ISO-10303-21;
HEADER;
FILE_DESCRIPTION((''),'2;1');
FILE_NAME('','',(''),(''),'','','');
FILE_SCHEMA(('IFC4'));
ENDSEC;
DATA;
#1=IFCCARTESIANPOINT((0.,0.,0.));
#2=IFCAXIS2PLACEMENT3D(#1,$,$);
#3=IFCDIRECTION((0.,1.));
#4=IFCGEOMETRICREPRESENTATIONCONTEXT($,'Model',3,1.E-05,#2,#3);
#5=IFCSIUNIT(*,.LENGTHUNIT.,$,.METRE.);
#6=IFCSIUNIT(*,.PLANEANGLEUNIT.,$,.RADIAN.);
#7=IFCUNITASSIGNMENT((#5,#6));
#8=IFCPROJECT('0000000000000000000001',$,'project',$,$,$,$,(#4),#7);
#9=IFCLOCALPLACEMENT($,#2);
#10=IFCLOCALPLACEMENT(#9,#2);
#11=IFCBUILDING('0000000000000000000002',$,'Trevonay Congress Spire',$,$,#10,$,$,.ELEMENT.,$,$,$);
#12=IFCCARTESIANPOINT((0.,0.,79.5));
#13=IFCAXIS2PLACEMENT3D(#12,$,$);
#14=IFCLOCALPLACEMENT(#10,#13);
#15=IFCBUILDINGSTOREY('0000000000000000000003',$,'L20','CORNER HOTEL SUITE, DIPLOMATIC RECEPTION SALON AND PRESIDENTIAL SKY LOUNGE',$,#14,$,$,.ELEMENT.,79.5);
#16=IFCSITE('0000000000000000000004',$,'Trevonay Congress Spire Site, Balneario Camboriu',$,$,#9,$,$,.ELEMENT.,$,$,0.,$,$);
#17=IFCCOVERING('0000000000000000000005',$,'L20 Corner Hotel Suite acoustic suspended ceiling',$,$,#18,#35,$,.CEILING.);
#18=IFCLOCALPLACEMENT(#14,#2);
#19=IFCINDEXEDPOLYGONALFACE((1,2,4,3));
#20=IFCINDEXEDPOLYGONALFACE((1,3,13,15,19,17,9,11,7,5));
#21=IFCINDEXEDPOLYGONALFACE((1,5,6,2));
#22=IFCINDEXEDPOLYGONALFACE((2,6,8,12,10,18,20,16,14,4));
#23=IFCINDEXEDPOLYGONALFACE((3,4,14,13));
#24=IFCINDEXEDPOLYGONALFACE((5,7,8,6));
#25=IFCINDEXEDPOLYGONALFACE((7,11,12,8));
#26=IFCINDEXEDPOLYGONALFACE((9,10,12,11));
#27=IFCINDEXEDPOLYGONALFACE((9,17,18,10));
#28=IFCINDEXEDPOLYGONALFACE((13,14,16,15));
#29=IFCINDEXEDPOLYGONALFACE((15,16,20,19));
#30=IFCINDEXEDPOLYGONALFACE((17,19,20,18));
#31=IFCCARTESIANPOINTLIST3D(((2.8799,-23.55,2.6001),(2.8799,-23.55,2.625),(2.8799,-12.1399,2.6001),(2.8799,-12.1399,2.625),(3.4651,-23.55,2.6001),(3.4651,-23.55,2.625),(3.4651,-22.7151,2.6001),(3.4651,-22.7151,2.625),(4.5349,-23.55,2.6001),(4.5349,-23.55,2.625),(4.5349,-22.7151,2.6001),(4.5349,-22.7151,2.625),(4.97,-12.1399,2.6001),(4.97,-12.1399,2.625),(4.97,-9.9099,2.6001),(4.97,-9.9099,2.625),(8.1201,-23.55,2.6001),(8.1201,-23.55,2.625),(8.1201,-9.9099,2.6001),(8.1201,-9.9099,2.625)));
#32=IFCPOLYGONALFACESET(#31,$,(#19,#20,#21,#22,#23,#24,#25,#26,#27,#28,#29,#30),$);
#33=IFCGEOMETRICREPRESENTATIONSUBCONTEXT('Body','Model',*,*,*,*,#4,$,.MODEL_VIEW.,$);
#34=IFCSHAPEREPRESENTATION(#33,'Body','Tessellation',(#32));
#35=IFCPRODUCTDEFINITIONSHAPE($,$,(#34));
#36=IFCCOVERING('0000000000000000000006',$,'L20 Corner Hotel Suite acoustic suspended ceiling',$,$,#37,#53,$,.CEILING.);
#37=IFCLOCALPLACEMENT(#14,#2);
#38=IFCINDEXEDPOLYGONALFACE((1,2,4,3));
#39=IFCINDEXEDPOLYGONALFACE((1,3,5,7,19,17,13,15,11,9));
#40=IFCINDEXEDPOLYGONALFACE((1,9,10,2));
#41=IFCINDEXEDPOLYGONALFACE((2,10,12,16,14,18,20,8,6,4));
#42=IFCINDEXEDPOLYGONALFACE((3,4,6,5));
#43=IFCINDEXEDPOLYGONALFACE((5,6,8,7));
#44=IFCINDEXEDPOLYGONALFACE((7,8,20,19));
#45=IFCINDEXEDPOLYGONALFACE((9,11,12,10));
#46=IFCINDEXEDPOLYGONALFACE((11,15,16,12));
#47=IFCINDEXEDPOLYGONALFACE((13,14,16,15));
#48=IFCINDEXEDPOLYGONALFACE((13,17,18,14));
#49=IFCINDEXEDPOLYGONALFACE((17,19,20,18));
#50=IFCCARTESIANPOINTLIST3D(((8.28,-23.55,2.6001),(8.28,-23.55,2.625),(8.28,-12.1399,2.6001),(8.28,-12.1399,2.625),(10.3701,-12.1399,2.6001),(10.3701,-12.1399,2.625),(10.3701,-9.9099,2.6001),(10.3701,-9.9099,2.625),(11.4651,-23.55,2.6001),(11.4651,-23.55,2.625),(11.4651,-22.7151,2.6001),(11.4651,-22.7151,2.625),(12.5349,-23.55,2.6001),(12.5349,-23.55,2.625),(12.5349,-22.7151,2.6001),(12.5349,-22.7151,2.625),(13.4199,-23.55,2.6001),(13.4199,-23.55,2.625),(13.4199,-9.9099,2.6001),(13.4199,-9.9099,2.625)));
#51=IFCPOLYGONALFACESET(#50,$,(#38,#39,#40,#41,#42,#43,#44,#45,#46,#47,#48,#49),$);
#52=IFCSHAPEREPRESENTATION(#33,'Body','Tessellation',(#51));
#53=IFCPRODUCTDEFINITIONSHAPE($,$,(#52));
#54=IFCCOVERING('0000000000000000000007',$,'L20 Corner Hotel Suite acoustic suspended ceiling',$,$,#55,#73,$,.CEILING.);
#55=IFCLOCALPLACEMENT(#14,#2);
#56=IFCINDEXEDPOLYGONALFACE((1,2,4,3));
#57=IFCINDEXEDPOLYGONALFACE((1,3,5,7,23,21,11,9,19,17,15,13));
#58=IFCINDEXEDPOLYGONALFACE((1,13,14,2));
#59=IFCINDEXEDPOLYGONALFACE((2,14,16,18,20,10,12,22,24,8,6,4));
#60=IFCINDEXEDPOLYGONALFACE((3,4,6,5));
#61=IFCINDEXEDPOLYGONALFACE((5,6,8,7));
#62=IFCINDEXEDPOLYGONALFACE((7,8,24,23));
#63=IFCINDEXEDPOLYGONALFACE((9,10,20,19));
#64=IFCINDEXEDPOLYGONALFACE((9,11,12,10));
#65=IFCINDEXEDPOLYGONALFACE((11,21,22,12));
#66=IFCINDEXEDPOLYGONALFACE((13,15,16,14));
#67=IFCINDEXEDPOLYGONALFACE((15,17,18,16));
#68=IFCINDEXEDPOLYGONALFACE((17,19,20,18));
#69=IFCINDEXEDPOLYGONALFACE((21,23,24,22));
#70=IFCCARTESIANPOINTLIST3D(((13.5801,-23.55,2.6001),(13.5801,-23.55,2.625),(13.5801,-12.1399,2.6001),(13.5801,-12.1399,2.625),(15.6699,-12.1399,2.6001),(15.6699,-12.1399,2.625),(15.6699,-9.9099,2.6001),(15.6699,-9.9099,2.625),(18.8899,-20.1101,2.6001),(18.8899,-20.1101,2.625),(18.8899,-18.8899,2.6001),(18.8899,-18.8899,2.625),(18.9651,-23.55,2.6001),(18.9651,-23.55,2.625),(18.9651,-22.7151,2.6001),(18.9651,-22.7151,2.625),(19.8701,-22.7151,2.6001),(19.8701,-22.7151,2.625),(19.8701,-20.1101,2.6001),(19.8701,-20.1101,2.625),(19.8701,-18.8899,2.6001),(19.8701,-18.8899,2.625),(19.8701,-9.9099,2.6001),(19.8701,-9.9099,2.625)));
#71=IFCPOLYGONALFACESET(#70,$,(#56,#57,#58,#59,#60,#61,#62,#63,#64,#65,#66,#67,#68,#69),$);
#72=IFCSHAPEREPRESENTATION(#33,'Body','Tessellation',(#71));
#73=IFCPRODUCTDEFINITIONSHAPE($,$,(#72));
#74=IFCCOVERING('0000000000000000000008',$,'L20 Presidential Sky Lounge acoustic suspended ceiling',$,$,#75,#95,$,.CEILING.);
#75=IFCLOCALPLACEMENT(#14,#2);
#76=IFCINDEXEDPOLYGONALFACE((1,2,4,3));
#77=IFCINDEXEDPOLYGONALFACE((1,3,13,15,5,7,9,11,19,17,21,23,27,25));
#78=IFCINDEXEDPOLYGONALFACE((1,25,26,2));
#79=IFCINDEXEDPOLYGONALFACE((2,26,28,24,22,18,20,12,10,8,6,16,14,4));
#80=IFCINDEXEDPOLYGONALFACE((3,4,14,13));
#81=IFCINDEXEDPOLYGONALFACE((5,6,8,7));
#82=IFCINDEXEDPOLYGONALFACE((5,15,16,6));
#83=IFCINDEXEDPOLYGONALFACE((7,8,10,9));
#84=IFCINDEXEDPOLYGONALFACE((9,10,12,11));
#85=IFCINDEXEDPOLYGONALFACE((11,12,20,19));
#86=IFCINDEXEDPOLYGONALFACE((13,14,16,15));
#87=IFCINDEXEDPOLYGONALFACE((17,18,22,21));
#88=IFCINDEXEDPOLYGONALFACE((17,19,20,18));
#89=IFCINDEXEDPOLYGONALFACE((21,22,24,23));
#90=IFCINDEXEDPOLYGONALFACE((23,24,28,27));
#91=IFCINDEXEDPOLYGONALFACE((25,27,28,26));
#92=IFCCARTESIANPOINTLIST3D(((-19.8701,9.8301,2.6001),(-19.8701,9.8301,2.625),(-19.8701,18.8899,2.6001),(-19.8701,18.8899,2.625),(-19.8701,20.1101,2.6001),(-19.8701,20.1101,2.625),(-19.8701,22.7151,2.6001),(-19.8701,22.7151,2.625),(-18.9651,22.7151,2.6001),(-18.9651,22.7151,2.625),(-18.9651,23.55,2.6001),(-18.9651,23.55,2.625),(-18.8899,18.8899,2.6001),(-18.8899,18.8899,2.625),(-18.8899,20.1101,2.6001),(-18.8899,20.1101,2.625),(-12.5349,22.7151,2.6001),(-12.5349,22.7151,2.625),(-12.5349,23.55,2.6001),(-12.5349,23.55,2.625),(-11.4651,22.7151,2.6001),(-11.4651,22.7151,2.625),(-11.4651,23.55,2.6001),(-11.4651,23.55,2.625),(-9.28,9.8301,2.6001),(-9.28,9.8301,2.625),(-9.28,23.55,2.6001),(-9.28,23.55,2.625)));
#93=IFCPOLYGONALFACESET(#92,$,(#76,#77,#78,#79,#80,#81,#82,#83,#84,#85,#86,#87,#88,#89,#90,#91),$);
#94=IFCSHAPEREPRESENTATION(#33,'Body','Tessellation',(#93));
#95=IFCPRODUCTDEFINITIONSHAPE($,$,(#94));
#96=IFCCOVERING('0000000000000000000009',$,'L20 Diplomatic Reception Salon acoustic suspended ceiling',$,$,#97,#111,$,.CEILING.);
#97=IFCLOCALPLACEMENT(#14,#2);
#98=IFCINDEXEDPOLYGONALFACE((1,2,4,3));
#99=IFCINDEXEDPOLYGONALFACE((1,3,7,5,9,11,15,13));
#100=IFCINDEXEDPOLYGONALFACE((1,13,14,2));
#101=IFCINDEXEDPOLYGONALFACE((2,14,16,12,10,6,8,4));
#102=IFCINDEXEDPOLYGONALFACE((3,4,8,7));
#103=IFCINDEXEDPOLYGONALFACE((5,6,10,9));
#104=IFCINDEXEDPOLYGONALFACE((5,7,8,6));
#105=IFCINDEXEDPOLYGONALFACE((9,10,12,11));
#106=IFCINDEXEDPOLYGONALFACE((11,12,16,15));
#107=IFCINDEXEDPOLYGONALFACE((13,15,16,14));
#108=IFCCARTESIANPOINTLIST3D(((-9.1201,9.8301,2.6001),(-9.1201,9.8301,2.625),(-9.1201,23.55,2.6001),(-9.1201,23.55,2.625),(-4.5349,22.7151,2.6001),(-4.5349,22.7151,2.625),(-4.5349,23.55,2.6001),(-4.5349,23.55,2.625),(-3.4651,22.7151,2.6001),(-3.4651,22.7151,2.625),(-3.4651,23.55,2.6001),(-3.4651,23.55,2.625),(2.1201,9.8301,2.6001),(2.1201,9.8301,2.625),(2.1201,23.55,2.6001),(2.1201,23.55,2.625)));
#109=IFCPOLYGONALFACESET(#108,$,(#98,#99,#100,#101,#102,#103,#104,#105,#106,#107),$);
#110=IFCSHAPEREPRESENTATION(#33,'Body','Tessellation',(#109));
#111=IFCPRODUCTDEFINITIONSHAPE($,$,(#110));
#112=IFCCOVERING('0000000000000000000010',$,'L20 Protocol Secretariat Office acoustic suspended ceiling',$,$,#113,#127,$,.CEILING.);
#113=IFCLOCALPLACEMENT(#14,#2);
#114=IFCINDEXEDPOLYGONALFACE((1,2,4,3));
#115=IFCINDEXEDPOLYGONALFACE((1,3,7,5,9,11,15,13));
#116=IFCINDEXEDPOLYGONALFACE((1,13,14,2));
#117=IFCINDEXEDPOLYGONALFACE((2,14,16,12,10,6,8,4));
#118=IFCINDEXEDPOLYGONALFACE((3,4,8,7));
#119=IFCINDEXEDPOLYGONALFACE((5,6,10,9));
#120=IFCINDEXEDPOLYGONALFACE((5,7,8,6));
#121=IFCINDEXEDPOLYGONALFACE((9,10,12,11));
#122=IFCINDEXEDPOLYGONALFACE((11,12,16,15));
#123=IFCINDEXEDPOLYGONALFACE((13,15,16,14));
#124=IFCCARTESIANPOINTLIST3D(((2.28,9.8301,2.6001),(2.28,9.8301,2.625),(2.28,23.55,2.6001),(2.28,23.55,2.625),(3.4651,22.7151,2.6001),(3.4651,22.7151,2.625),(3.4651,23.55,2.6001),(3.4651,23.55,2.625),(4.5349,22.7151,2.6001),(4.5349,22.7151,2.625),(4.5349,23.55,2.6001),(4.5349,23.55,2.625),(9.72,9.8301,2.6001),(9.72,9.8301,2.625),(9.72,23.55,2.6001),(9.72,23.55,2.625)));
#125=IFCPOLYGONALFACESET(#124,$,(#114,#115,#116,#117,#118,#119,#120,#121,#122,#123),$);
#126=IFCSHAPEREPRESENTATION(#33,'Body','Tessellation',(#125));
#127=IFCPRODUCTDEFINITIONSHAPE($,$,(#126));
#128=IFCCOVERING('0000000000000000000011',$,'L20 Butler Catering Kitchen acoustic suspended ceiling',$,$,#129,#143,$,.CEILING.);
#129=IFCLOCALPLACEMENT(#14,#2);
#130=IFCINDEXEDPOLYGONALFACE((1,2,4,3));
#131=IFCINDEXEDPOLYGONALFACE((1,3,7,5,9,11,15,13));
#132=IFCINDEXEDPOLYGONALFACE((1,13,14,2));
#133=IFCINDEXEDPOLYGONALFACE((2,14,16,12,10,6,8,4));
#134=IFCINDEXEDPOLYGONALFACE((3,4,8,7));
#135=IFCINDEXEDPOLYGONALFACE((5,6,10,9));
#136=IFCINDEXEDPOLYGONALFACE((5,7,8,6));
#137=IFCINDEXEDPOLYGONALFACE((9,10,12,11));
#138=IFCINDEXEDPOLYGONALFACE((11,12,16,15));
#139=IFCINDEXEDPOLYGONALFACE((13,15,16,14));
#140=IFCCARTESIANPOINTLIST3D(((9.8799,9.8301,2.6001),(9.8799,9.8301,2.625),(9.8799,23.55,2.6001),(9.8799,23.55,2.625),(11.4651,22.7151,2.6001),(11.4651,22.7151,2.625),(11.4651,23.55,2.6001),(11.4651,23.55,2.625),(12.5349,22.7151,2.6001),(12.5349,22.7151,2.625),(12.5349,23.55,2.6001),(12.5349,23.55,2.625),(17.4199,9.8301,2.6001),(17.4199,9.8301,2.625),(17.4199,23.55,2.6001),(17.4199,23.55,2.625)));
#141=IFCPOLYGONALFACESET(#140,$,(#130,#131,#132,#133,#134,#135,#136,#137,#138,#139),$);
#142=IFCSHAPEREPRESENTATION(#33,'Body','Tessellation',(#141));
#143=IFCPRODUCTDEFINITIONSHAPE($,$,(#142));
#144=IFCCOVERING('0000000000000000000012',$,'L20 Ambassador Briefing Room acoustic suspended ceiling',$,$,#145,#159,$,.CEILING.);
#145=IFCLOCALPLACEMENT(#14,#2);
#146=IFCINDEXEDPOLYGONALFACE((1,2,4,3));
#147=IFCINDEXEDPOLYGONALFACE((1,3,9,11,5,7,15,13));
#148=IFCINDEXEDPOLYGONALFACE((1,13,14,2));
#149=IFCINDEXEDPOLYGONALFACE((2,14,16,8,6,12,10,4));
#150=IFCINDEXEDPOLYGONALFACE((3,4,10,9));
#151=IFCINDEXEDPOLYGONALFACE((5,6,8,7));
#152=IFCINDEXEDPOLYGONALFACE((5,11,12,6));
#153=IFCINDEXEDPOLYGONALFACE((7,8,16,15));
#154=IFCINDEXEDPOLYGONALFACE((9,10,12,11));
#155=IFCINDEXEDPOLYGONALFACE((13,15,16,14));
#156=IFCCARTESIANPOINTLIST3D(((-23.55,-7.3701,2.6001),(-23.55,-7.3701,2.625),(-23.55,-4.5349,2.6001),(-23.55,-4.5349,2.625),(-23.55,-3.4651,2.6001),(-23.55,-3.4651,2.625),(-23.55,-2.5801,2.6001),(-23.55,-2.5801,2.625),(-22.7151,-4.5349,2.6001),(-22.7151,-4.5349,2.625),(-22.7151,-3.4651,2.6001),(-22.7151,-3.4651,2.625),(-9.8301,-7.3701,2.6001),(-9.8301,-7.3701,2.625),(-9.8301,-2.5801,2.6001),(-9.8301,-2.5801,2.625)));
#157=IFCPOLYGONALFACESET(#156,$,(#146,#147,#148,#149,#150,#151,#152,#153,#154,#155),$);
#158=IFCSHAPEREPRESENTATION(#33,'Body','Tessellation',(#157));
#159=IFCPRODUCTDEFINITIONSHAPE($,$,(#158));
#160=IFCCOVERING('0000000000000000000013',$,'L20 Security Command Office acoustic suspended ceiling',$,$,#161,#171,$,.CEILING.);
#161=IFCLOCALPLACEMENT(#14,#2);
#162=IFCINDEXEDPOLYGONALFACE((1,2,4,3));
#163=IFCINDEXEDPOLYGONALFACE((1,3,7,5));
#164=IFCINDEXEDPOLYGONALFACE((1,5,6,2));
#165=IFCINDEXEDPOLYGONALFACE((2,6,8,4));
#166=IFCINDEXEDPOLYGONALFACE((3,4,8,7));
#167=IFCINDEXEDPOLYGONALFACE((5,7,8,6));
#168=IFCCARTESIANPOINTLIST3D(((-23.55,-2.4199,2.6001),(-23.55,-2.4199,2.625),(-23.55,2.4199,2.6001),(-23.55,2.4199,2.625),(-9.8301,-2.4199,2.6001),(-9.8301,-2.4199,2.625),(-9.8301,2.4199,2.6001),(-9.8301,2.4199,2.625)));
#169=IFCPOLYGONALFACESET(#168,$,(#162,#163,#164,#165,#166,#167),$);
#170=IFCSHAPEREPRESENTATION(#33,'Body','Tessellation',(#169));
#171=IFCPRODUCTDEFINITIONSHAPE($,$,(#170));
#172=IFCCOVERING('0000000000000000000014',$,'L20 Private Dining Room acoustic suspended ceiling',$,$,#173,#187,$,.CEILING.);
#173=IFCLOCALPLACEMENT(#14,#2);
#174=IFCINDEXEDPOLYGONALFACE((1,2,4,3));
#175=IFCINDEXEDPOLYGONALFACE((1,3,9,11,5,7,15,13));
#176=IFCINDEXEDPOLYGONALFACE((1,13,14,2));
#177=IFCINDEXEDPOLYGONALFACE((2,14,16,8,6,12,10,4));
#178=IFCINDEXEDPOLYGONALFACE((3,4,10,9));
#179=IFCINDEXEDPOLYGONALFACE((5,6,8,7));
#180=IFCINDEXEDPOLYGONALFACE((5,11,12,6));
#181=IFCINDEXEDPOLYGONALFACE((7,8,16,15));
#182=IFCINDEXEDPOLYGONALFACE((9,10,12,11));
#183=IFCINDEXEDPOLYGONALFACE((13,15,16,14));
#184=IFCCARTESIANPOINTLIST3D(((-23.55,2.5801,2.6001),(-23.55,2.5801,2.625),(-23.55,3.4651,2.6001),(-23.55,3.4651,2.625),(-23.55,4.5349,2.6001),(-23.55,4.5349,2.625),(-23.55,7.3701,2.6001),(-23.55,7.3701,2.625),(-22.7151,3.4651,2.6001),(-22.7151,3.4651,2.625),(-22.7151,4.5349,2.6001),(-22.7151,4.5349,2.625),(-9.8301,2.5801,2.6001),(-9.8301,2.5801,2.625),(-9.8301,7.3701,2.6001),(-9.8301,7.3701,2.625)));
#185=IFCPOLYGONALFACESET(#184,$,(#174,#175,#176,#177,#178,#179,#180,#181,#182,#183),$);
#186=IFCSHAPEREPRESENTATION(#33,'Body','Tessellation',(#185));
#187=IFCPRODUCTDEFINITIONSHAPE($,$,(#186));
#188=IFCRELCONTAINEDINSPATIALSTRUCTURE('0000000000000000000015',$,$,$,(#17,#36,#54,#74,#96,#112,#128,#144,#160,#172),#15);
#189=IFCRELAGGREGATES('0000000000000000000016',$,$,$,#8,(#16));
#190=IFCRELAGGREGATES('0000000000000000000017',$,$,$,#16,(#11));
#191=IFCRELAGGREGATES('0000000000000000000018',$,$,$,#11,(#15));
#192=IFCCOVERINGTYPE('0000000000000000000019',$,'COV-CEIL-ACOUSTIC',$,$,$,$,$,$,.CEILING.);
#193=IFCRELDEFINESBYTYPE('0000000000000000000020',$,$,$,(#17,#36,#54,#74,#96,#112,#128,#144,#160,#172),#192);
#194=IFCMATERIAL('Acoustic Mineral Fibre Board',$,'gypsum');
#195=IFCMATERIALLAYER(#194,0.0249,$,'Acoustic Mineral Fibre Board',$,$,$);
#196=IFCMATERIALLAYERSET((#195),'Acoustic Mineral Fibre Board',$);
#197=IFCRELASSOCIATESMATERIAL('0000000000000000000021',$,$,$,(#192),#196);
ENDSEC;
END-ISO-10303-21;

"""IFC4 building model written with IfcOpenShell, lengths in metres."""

from ifc_helpers import new_model, si_unit, direction, frame, origin, place, context, subcontext, project, spatial, polyline, outline, extrude, material, layer, layer_set, type_object, element, save


model = new_model("IFC4")

# Units and contexts
model_context = context("Model", 3, precision=1e-05, world=origin(), true_north=direction((0.0, 1.0)))
body_context = subcontext(model_context, "Body", "Model", "MODEL_VIEW")
ifc_project = project(units=[si_unit("LENGTHUNIT", "METRE"), si_unit("PLANEANGLEUNIT", "RADIAN")], contexts=[model_context])

# Site, building, storey
site_placement = place(None, origin())
site = spatial("IfcSite", under=ifc_project, at=site_placement, Name="Trevonay Congress Spire Site, Balneario Camboriu", CompositionType="ELEMENT", RefElevation=0.0)
building_placement = place(site_placement, origin())
building = spatial("IfcBuilding", under=site, at=building_placement, Name="Trevonay Congress Spire", CompositionType="ELEMENT")
storey_placement = place(building_placement, frame((0.0, 0.0, 79.5)))
storey = spatial("IfcBuildingStorey", under=building, at=storey_placement, Name="L20", Description="CORNER HOTEL SUITE, DIPLOMATIC RECEPTION SALON AND PRESIDENTIAL SKY LOUNGE", CompositionType="ELEMENT", Elevation=79.5)

# Coverings
ifc_material_1 = material(Name="Acoustic Mineral Fibre Board", Category="gypsum")
ifc_layer_1 = layer(ifc_material_1, 0.0249, Name="Acoustic Mineral Fibre Board")
ifc_layer_set_1 = layer_set([ifc_layer_1], Name="Acoustic Mineral Fibre Board")
covering_type_1 = type_object("IfcCoveringType", Name="COV-CEIL-ACOUSTIC", PredefinedType="CEILING", material=ifc_layer_set_1)
covering_1_placement = place(storey_placement, frame((0.0, 0.0, 2.6001)))
element("IfcCovering", 1, at=covering_1_placement, inside=storey, type_object=covering_type_1, Name="L20 Corner Hotel Suite acoustic suspended ceiling", PredefinedType="CEILING", context=body_context, shape_type="SweptSolid", body=[
    extrude(outline(polyline([(2.8799, -23.55), (2.8799, -12.1399), (4.97, -12.1399), (4.97, -9.9099), (8.1201, -9.9099), (8.1201, -23.55), (4.5349, -23.55), (4.5349, -22.7151), (3.4651, -22.7151), (3.4651, -23.55), (2.8799, -23.55)])), origin(), (0.0, 0.0, 1.0), 0.0249),
])
covering_2_placement = place(storey_placement, frame((0.0, 0.0, 2.6001)))
element("IfcCovering", 2, at=covering_2_placement, inside=storey, type_object=covering_type_1, Name="L20 Corner Hotel Suite acoustic suspended ceiling", PredefinedType="CEILING", context=body_context, shape_type="SweptSolid", body=[
    extrude(outline(polyline([(8.28, -23.55), (8.28, -12.1399), (10.3701, -12.1399), (10.3701, -9.9099), (13.4199, -9.9099), (13.4199, -23.55), (12.5349, -23.55), (12.5349, -22.7151), (11.4651, -22.7151), (11.4651, -23.55), (8.28, -23.55)])), origin(), (0.0, 0.0, 1.0), 0.0249),
])
covering_3_placement = place(storey_placement, frame((0.0, 0.0, 2.6001)))
element("IfcCovering", 3, at=covering_3_placement, inside=storey, type_object=covering_type_1, Name="L20 Corner Hotel Suite acoustic suspended ceiling", PredefinedType="CEILING", context=body_context, shape_type="SweptSolid", body=[
    extrude(outline(polyline([(13.5801, -23.55), (13.5801, -12.1399), (15.6699, -12.1399), (15.6699, -9.9099), (19.8701, -9.9099), (19.8701, -18.8899), (18.8899, -18.8899), (18.8899, -20.1101), (19.8701, -20.1101), (19.8701, -22.7151), (18.9651, -22.7151), (18.9651, -23.55), (13.5801, -23.55)])), origin(), (0.0, 0.0, 1.0), 0.0249),
])
covering_4_placement = place(storey_placement, frame((0.0, 0.0, 2.6001)))
element("IfcCovering", 4, at=covering_4_placement, inside=storey, type_object=covering_type_1, Name="L20 Presidential Sky Lounge acoustic suspended ceiling", PredefinedType="CEILING", context=body_context, shape_type="SweptSolid", body=[
    extrude(outline(polyline([(-9.28, 23.55), (-9.28, 9.8301), (-19.8701, 9.8301), (-19.8701, 18.8899), (-18.8899, 18.8899), (-18.8899, 20.1101), (-19.8701, 20.1101), (-19.8701, 22.7151), (-18.9651, 22.7151), (-18.9651, 23.55), (-12.5349, 23.55), (-12.5349, 22.7151), (-11.4651, 22.7151), (-11.4651, 23.55), (-9.28, 23.55)])), origin(), (0.0, 0.0, 1.0), 0.0249),
])
covering_5_placement = place(storey_placement, frame((0.0, 0.0, 2.6001)))
element("IfcCovering", 5, at=covering_5_placement, inside=storey, type_object=covering_type_1, Name="L20 Diplomatic Reception Salon acoustic suspended ceiling", PredefinedType="CEILING", context=body_context, shape_type="SweptSolid", body=[
    extrude(outline(polyline([(2.1201, 23.55), (2.1201, 9.8301), (-9.1201, 9.8301), (-9.1201, 23.55), (-4.5349, 23.55), (-4.5349, 22.7151), (-3.4651, 22.7151), (-3.4651, 23.55), (2.1201, 23.55)])), origin(), (0.0, 0.0, 1.0), 0.0249),
])
covering_6_placement = place(storey_placement, frame((0.0, 0.0, 2.6001)))
element("IfcCovering", 6, at=covering_6_placement, inside=storey, type_object=covering_type_1, Name="L20 Protocol Secretariat Office acoustic suspended ceiling", PredefinedType="CEILING", context=body_context, shape_type="SweptSolid", body=[
    extrude(outline(polyline([(9.72, 23.55), (9.72, 9.8301), (2.28, 9.8301), (2.28, 23.55), (3.4651, 23.55), (3.4651, 22.7151), (4.5349, 22.7151), (4.5349, 23.55), (9.72, 23.55)])), origin(), (0.0, 0.0, 1.0), 0.0249),
])
covering_7_placement = place(storey_placement, frame((0.0, 0.0, 2.6001)))
element("IfcCovering", 7, at=covering_7_placement, inside=storey, type_object=covering_type_1, Name="L20 Butler Catering Kitchen acoustic suspended ceiling", PredefinedType="CEILING", context=body_context, shape_type="SweptSolid", body=[
    extrude(outline(polyline([(17.4199, 23.55), (17.4199, 9.8301), (9.8799, 9.8301), (9.8799, 23.55), (11.4651, 23.55), (11.4651, 22.7151), (12.5349, 22.7151), (12.5349, 23.55), (17.4199, 23.55)])), origin(), (0.0, 0.0, 1.0), 0.0249),
])
covering_8_placement = place(storey_placement, frame((0.0, 0.0, 2.6001)))
element("IfcCovering", 8, at=covering_8_placement, inside=storey, type_object=covering_type_1, Name="L20 Ambassador Briefing Room acoustic suspended ceiling", PredefinedType="CEILING", context=body_context, shape_type="SweptSolid", body=[
    extrude(outline(polyline([(-23.55, -2.5801), (-9.8301, -2.5801), (-9.8301, -7.3701), (-23.55, -7.3701), (-23.55, -4.5349), (-22.7151, -4.5349), (-22.7151, -3.4651), (-23.55, -3.4651), (-23.55, -2.5801)])), origin(), (0.0, 0.0, 1.0), 0.0249),
])
covering_9_placement = place(storey_placement, frame((0.0, 0.0, 2.6001)))
element("IfcCovering", 9, at=covering_9_placement, inside=storey, type_object=covering_type_1, Name="L20 Security Command Office acoustic suspended ceiling", PredefinedType="CEILING", context=body_context, shape_type="SweptSolid", body=[
    extrude(outline(polyline([(-23.55, -2.4199), (-9.8301, -2.4199), (-9.8301, 2.4199), (-23.55, 2.4199), (-23.55, -2.4199)])), origin(), (0.0, 0.0, 1.0), 0.0249),
])
covering_10_placement = place(storey_placement, frame((0.0, 0.0, 2.6001)))
element("IfcCovering", 10, at=covering_10_placement, inside=storey, type_object=covering_type_1, Name="L20 Private Dining Room acoustic suspended ceiling", PredefinedType="CEILING", context=body_context, shape_type="SweptSolid", body=[
    extrude(outline(polyline([(-23.55, 7.3701), (-9.8301, 7.3701), (-9.8301, 2.5801), (-23.55, 2.5801), (-23.55, 3.4651), (-22.7151, 3.4651), (-22.7151, 4.5349), (-23.55, 4.5349), (-23.55, 7.3701)])), origin(), (0.0, 0.0, 1.0), 0.0249),
])

save(model, "model.ifc")
